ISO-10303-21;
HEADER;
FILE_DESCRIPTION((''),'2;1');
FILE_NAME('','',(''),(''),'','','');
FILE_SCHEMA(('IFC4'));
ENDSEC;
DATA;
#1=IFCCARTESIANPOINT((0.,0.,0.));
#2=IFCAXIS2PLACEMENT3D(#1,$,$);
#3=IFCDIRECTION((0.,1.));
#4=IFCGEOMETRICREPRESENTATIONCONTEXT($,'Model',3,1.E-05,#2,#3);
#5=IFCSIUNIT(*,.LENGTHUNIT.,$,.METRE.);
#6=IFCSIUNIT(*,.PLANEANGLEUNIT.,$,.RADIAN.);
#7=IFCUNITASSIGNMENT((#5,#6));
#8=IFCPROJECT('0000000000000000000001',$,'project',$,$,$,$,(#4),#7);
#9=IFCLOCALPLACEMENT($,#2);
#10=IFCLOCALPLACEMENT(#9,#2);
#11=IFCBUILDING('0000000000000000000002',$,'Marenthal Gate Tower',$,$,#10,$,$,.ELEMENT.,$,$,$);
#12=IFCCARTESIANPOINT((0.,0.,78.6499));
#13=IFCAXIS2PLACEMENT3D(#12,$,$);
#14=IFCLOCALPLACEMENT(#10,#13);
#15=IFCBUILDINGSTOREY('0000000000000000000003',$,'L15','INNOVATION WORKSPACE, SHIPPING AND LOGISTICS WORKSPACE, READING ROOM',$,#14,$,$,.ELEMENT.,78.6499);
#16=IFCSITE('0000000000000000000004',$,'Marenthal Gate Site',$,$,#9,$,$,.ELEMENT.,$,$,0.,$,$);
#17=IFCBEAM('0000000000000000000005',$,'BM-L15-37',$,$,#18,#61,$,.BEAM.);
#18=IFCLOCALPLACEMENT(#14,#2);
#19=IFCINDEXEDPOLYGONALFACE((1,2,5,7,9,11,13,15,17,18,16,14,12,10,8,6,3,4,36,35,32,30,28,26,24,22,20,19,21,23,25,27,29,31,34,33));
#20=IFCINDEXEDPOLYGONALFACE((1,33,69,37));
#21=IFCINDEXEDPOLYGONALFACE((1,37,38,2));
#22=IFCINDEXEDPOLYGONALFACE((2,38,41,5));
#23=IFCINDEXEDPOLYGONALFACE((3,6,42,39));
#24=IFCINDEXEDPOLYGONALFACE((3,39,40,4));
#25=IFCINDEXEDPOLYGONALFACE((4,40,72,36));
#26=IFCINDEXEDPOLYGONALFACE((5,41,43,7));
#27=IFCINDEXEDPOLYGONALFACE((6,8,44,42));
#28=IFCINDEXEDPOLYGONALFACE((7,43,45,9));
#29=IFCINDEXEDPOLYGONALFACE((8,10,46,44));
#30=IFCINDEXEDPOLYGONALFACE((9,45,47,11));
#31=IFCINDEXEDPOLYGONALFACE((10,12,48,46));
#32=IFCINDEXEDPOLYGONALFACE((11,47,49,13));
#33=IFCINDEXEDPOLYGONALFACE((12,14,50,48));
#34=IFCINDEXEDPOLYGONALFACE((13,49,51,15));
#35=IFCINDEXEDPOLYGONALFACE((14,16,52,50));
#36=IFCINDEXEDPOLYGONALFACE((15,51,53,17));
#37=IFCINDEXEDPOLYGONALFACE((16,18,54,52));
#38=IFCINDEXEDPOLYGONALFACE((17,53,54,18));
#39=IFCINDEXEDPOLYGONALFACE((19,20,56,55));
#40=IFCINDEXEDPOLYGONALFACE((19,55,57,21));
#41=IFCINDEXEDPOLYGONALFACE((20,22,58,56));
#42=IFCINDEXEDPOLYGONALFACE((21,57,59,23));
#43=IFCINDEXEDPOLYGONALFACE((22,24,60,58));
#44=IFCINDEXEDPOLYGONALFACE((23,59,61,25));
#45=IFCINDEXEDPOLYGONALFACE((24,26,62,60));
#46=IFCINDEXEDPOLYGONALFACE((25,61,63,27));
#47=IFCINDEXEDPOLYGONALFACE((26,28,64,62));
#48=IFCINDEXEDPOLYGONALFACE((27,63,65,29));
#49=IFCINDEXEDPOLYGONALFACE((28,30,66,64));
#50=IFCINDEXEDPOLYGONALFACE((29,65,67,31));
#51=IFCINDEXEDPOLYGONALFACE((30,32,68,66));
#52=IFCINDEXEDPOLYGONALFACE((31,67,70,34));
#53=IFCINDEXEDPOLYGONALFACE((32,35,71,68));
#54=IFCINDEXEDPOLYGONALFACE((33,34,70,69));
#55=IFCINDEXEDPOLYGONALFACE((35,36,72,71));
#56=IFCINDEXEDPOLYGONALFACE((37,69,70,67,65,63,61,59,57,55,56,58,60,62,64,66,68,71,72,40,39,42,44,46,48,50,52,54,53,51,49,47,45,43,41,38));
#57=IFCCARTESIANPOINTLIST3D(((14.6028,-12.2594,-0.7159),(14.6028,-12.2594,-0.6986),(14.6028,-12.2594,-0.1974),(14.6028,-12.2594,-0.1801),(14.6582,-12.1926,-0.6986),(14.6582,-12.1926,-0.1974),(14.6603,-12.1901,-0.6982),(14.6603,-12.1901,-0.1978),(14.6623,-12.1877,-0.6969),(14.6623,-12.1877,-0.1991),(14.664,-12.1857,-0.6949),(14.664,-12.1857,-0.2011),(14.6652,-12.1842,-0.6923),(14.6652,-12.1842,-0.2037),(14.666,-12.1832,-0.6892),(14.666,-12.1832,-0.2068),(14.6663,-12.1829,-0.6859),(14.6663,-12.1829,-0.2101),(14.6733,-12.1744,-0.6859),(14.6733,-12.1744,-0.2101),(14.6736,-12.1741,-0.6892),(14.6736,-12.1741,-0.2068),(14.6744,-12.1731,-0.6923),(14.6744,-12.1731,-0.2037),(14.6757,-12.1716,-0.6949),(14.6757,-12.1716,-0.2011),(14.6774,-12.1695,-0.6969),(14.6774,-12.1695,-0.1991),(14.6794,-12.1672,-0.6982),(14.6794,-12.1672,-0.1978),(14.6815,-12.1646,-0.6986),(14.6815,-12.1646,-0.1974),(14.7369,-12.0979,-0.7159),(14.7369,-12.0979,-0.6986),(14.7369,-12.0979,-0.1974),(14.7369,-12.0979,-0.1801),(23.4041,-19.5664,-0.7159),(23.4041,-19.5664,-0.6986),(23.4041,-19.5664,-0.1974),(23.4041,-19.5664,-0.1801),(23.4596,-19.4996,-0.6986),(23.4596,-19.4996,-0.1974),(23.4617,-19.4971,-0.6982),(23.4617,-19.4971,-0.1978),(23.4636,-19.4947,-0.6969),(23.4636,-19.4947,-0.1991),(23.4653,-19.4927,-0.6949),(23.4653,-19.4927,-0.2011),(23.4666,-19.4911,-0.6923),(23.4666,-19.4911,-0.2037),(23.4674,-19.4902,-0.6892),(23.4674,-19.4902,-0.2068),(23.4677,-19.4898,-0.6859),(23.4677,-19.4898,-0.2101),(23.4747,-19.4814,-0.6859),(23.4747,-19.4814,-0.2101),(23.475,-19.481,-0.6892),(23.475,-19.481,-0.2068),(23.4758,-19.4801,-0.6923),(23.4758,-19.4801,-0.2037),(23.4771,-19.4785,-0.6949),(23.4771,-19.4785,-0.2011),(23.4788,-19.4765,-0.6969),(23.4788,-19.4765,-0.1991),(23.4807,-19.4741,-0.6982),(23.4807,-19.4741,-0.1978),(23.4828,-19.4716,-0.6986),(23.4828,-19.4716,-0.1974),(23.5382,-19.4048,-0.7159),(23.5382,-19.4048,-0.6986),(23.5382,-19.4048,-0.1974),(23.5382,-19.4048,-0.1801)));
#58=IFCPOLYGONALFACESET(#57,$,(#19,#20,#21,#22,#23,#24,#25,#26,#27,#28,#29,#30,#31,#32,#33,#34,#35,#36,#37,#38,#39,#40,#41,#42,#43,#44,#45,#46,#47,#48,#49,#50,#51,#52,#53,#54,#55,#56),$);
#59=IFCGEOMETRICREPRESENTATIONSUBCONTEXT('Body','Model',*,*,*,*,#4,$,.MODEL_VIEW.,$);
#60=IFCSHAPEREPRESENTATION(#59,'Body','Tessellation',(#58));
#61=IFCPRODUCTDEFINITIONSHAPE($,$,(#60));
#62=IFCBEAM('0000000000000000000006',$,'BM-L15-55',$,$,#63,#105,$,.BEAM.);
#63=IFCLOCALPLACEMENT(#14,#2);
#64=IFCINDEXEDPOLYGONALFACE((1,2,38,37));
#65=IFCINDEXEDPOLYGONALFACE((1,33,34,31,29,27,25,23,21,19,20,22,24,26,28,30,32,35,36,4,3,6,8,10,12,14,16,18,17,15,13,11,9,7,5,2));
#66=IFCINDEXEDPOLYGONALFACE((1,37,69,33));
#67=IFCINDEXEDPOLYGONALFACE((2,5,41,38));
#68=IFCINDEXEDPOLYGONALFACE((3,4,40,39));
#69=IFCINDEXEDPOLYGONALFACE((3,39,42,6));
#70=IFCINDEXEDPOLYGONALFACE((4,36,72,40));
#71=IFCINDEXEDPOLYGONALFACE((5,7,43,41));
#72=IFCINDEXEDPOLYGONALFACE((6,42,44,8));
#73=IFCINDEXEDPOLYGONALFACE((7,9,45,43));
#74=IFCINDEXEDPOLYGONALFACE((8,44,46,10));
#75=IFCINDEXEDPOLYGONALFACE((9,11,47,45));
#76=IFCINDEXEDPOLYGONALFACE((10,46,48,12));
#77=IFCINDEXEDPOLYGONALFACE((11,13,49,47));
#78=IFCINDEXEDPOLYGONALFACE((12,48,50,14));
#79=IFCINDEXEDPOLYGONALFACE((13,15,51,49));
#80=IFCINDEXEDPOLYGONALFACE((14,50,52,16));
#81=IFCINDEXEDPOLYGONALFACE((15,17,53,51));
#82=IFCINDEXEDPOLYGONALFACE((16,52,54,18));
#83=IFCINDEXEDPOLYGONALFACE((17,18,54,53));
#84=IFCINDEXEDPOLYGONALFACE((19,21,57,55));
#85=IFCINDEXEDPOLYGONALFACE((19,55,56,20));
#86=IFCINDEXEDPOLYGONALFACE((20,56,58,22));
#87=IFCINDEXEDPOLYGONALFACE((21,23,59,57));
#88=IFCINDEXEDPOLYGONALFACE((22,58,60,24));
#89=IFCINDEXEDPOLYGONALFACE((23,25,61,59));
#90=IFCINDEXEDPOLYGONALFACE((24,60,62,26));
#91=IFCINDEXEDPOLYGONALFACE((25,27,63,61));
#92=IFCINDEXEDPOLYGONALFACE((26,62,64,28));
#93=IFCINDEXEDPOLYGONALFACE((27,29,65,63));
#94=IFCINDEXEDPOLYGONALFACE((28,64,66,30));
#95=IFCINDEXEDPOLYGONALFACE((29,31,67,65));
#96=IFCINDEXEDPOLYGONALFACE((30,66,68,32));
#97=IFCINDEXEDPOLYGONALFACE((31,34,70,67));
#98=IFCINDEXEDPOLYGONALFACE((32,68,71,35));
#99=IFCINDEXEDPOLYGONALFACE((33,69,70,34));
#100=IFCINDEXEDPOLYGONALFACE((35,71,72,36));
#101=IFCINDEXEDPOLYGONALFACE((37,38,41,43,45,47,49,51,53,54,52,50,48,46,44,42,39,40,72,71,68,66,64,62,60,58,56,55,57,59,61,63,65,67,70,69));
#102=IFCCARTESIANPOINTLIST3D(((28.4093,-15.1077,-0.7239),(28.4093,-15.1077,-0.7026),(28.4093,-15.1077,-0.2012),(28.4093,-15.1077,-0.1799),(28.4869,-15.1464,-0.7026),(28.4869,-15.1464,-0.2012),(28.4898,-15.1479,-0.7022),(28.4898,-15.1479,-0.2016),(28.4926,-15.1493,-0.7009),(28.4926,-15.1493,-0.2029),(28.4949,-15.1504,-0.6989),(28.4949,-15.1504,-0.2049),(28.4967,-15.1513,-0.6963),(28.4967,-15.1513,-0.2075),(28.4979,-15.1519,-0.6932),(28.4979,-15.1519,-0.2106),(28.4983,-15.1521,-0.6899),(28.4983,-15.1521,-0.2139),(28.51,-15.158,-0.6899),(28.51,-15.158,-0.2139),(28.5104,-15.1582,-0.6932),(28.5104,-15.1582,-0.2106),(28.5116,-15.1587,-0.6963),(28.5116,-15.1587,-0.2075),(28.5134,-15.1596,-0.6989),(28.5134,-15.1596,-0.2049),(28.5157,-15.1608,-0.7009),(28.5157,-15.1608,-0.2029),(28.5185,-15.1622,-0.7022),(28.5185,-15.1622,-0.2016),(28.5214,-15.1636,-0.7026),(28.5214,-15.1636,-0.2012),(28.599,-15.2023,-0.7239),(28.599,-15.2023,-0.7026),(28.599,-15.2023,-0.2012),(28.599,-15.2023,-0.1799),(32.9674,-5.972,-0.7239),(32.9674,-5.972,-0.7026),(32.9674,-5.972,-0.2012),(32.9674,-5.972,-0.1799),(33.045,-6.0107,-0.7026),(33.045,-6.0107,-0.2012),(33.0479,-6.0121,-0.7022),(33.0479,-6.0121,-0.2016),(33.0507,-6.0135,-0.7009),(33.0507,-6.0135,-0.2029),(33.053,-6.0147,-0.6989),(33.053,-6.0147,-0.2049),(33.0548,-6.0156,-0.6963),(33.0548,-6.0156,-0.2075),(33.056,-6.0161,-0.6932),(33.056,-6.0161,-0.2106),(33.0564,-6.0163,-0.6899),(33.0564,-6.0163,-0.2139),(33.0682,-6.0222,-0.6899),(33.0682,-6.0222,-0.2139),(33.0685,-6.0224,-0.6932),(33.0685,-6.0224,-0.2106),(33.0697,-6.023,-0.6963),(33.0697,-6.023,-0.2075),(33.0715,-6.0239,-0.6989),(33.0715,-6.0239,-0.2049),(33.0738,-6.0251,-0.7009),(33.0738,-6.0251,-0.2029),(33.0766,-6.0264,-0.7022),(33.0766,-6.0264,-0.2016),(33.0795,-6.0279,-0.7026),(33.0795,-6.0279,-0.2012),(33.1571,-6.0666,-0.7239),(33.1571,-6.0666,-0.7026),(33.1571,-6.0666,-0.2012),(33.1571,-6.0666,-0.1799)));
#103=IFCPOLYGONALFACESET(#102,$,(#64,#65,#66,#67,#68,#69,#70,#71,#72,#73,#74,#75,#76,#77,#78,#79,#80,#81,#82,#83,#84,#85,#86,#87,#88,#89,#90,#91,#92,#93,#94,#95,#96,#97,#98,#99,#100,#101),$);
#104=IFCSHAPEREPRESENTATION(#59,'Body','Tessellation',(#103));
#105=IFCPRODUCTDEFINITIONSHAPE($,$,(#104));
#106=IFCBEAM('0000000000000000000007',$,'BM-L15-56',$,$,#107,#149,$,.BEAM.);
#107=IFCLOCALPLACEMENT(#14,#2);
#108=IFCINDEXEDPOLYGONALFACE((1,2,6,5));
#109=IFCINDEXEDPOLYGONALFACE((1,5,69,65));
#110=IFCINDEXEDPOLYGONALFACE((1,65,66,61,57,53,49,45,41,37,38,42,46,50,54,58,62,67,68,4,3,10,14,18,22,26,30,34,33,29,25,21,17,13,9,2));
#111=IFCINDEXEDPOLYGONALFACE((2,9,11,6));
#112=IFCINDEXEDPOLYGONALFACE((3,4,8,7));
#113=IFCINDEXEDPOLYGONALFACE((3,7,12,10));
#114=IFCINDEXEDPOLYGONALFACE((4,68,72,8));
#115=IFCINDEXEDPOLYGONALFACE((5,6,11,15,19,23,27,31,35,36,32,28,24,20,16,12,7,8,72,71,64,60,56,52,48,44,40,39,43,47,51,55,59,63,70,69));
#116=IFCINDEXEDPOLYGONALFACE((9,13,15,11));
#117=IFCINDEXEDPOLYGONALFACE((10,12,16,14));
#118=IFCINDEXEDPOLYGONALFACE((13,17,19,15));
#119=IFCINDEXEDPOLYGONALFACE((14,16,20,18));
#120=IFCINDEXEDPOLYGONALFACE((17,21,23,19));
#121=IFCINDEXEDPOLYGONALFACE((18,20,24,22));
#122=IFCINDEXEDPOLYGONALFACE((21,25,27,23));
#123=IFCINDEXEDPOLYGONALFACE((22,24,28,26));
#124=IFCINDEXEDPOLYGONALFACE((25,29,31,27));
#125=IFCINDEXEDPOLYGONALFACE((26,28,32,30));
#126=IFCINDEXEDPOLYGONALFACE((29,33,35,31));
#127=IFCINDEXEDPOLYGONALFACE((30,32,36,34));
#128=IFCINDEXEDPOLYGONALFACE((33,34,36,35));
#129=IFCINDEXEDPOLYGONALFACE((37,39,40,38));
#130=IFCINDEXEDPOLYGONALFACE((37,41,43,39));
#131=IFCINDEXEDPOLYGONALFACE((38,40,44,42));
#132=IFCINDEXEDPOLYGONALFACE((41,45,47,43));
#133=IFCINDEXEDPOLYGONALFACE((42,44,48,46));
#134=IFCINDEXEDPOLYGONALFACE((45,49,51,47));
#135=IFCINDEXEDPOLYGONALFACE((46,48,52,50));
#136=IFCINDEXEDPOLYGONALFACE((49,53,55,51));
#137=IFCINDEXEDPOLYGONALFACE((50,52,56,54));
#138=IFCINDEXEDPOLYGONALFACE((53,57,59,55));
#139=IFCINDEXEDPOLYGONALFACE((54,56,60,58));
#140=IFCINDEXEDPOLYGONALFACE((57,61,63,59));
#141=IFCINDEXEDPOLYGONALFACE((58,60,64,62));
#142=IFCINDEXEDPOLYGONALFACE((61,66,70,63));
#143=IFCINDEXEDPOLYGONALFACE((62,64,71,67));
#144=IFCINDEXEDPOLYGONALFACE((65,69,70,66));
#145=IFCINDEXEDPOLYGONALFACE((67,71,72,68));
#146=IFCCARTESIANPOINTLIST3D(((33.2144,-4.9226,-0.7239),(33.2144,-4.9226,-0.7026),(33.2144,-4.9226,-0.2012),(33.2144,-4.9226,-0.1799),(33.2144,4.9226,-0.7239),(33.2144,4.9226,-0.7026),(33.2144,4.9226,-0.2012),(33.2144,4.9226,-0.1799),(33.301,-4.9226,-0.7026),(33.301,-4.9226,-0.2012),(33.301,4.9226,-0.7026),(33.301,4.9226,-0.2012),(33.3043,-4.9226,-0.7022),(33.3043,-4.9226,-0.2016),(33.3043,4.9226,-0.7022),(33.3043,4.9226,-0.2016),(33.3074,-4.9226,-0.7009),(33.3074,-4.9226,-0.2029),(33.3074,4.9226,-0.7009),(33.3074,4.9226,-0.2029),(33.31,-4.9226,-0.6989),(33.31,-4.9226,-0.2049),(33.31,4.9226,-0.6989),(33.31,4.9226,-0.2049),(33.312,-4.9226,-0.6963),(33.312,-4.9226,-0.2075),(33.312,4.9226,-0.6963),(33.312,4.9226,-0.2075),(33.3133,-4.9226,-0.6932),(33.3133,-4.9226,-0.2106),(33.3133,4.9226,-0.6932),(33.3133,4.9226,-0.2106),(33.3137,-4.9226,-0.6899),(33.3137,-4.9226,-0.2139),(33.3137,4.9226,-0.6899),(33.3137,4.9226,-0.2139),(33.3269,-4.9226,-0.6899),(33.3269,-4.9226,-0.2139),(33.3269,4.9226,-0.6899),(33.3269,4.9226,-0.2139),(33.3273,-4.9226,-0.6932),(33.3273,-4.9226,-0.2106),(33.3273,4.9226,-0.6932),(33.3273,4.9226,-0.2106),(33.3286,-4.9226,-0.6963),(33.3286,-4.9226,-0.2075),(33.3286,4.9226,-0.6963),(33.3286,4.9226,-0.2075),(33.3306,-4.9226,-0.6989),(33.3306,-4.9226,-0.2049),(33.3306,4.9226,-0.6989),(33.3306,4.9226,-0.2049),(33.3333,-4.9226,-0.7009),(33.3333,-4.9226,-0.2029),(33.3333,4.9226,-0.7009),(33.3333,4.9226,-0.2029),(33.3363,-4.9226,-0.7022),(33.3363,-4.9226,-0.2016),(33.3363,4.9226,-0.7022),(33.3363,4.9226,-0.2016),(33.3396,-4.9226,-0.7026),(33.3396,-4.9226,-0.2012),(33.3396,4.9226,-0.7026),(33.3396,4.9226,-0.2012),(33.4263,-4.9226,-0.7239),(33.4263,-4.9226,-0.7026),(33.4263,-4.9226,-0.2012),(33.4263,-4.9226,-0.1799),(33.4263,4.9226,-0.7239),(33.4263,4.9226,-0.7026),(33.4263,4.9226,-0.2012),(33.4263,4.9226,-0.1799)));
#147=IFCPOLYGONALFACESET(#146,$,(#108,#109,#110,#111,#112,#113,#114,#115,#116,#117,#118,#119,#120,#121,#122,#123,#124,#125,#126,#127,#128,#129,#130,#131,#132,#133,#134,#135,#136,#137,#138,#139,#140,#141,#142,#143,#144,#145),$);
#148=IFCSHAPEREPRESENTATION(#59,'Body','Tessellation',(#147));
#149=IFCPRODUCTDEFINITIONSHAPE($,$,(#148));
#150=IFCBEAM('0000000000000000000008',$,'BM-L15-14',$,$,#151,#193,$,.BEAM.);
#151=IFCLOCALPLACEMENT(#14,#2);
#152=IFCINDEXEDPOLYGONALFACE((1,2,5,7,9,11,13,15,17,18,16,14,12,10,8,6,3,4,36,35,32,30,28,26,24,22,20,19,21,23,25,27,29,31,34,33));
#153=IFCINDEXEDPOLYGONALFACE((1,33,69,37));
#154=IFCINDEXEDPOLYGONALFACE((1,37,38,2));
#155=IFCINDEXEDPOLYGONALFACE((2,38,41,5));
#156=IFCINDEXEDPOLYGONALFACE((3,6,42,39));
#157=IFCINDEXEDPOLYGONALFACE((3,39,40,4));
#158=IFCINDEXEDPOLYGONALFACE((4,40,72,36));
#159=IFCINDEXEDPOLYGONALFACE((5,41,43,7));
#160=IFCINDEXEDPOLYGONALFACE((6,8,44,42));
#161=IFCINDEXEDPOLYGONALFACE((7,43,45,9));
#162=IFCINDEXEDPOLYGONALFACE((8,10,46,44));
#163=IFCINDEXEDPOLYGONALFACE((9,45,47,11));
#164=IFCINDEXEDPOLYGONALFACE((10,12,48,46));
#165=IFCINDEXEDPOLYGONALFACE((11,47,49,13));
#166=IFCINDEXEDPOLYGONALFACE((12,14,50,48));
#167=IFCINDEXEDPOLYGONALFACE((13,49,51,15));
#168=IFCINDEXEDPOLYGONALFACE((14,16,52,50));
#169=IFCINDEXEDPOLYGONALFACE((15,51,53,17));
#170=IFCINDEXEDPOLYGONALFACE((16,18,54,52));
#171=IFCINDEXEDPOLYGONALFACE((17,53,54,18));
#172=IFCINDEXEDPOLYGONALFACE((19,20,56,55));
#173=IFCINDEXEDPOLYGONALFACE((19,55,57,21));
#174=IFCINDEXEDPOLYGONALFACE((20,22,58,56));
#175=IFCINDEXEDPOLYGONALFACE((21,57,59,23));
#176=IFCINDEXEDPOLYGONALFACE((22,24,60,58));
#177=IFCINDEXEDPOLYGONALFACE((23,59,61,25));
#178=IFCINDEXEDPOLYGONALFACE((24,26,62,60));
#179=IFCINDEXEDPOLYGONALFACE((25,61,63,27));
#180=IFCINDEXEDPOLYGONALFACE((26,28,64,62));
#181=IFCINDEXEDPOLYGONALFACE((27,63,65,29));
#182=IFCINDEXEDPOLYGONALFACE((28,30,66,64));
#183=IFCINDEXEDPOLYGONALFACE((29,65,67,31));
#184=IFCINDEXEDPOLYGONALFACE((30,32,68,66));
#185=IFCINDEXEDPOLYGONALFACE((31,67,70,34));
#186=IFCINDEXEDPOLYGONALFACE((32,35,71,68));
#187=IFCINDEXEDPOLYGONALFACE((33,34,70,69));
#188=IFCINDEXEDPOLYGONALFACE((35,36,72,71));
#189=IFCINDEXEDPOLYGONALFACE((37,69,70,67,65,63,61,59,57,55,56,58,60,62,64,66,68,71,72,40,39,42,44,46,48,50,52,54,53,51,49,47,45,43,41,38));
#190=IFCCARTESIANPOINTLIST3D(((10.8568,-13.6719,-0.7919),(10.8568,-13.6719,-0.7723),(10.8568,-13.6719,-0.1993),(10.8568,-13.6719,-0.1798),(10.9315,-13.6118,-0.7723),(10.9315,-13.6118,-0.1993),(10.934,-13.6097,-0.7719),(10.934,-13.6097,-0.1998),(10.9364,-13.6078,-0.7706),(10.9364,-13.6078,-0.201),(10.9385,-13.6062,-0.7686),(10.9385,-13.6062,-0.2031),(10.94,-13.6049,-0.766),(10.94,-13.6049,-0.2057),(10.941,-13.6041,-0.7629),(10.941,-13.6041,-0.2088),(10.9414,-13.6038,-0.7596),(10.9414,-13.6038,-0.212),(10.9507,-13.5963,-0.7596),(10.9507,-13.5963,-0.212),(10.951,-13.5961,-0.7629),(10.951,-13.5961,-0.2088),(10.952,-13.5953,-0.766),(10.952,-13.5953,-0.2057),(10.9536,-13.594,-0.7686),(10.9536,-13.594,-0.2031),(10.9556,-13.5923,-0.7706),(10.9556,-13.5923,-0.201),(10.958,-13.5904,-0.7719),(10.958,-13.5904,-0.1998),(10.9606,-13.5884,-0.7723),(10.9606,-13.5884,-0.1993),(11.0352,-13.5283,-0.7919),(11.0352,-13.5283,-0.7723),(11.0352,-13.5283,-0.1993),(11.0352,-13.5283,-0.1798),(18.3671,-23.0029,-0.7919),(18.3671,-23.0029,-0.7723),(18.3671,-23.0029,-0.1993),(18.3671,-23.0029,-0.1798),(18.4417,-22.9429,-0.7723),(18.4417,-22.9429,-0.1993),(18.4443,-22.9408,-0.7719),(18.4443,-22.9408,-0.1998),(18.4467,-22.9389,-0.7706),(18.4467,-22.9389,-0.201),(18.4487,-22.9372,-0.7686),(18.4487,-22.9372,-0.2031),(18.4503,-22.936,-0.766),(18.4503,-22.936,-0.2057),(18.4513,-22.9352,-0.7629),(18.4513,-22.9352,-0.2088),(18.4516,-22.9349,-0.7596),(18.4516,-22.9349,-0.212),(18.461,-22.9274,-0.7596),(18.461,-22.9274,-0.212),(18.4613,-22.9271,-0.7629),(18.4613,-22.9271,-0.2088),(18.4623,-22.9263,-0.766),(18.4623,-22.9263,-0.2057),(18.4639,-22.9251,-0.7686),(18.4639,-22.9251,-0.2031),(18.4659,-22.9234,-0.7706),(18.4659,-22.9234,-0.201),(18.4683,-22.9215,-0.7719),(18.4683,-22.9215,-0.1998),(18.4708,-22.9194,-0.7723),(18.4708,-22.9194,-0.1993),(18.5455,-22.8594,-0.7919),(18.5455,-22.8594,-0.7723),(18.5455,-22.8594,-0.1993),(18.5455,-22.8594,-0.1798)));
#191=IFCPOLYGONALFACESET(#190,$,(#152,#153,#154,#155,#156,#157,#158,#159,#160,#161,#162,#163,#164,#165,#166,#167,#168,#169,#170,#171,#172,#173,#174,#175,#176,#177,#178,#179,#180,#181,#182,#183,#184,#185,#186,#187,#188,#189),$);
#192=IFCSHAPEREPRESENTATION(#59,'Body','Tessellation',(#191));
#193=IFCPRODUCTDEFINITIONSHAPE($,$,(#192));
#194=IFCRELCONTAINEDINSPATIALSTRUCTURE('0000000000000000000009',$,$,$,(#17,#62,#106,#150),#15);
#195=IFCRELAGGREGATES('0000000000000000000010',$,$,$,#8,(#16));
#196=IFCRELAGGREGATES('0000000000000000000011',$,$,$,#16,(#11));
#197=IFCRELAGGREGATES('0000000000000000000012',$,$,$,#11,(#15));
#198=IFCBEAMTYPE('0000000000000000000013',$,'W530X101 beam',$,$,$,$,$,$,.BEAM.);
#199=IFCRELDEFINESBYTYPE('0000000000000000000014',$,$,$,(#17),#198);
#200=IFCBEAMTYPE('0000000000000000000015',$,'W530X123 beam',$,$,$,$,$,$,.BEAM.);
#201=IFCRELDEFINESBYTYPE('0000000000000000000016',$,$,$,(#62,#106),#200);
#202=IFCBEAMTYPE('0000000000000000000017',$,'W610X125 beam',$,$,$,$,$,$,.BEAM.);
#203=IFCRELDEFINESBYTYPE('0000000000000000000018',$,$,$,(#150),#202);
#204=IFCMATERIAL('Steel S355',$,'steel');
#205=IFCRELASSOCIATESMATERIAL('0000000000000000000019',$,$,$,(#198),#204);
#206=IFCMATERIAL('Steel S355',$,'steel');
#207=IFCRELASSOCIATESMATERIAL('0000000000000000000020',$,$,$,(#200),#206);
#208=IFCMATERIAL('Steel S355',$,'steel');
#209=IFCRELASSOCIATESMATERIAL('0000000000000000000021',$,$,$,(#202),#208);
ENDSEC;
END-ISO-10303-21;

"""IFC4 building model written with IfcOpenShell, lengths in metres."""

from ifc_helpers import new_model, si_unit, direction, frame, origin, origin_2d, place, context, subcontext, project, spatial, i_section, extrude, material, material_profile, profile_set, type_object, element, save


model = new_model("IFC4")

# Units and contexts
model_context = context("Model", 3, precision=1e-05, world=origin(), true_north=direction((0.0, 1.0)))
body_context = subcontext(model_context, "Body", "Model", "MODEL_VIEW")
ifc_project = project(units=[si_unit("LENGTHUNIT", "METRE"), si_unit("PLANEANGLEUNIT", "RADIAN")], contexts=[model_context])

# Site, building, storey
site_placement = place(None, origin())
site = spatial("IfcSite", under=ifc_project, at=site_placement, Name="Marenthal Gate Site", CompositionType="ELEMENT", RefElevation=0.0)
building_placement = place(site_placement, origin())
building = spatial("IfcBuilding", under=site, at=building_placement, Name="Marenthal Gate Tower", CompositionType="ELEMENT")
storey_placement = place(building_placement, frame((0.0, 0.0, 78.6499)))
storey = spatial("IfcBuildingStorey", under=building, at=storey_placement, Name="L15", Description="INNOVATION WORKSPACE, SHIPPING AND LOGISTICS WORKSPACE, READING ROOM", CompositionType="ELEMENT", Elevation=78.6499)

# Beams
ifc_material_1 = material(Name="Steel S355", Category="steel")
ifc_material_profile_1 = material_profile(ifc_material_1, i_section(OverallWidth=0.21, OverallDepth=0.5359, WebThickness=0.011, FlangeThickness=0.0173, FilletRadius=0.0127, at=origin_2d()), Name="W530X101")
ifc_profile_set_1 = profile_set([ifc_material_profile_1], Name="Steel S355")
beam_type_1 = type_object("IfcBeamType", Name="W530X101 beam", PredefinedType="BEAM", material=ifc_profile_set_1)
beam_1_placement = place(storey_placement, frame((23.4712, -19.4856, -0.448), z_axis=(-0.769403, 0.638764, 0.0), x_axis=(-0.638764, -0.769403, 0.0)))
element("IfcBeam", 1, at=beam_1_placement, inside=storey, type_object=beam_type_1, Name="BM-L15-37", PredefinedType="BEAM", context=body_context, shape_type="SweptSolid", body=[
    extrude(i_section(OverallWidth=0.21, OverallDepth=0.5359, WebThickness=0.011, FlangeThickness=0.0173, FilletRadius=0.0127, at=origin_2d()), origin(), (0.0, 0.0, 1.0), 11.4392),
])
ifc_material_2 = material(Name="Steel S355", Category="steel")
ifc_material_profile_2 = material_profile(ifc_material_2, i_section(OverallWidth=0.2119, OverallDepth=0.5439, WebThickness=0.0132, FlangeThickness=0.0212, FilletRadius=0.0127, at=origin_2d()), Name="W530X123")
ifc_profile_set_2 = profile_set([ifc_material_profile_2], Name="Steel S355")
beam_type_2 = type_object("IfcBeamType", Name="W530X123 beam", PredefinedType="BEAM", material=ifc_profile_set_2)
beam_2_placement = place(storey_placement, frame((28.5042, -15.155, -0.4519), z_axis=(0.446448, 0.894809, 0.0), x_axis=(-0.894809, 0.446448, 0.0)))
element("IfcBeam", 2, at=beam_2_placement, inside=storey, type_object=beam_type_2, Name="BM-L15-55", PredefinedType="BEAM", context=body_context, shape_type="SweptSolid", body=[
    extrude(i_section(OverallWidth=0.2119, OverallDepth=0.5439, WebThickness=0.0132, FlangeThickness=0.0212, FilletRadius=0.0127, at=origin_2d()), origin(), (0.0, 0.0, 1.0), 10.2097),
])
beam_3_placement = place(storey_placement, frame((33.3203, -4.9226, -0.4519), z_axis=(0.0, 1.0, 0.0), x_axis=(-1.0, 0.0, 0.0)))
element("IfcBeam", 3, at=beam_3_placement, inside=storey, type_object=beam_type_2, Name="BM-L15-56", PredefinedType="BEAM", context=body_context, shape_type="SweptSolid", body=[
    extrude(i_section(OverallWidth=0.2119, OverallDepth=0.5439, WebThickness=0.0132, FlangeThickness=0.0212, FilletRadius=0.0127, at=origin_2d()), origin(), (0.0, 0.0, 1.0), 9.8452),
])
ifc_material_3 = material(Name="Steel S355", Category="steel")
ifc_material_profile_3 = material_profile(ifc_material_3, i_section(OverallWidth=0.229, OverallDepth=0.6121, WebThickness=0.012, FlangeThickness=0.0195, FilletRadius=0.0127, at=origin_2d()), Name="W610X125")
ifc_profile_set_3 = profile_set([ifc_material_profile_3], Name="Steel S355")
beam_type_3 = type_object("IfcBeamType", Name="W610X125 beam", PredefinedType="BEAM", material=ifc_profile_set_3)
beam_4_placement = place(storey_placement, frame((18.4563, -22.9312, -0.4858), z_axis=(-0.627004, 0.779016, 0.0), x_axis=(-0.779016, -0.627004, 0.0)))
element("IfcBeam", 4, at=beam_4_placement, inside=storey, type_object=beam_type_3, Name="BM-L15-14", PredefinedType="BEAM", context=body_context, shape_type="SweptSolid", body=[
    extrude(i_section(OverallWidth=0.229, OverallDepth=0.6121, WebThickness=0.012, FlangeThickness=0.0195, FilletRadius=0.0127, at=origin_2d()), origin(), (0.0, 0.0, 1.0), 11.978),
])

save(model, "model.ifc")
